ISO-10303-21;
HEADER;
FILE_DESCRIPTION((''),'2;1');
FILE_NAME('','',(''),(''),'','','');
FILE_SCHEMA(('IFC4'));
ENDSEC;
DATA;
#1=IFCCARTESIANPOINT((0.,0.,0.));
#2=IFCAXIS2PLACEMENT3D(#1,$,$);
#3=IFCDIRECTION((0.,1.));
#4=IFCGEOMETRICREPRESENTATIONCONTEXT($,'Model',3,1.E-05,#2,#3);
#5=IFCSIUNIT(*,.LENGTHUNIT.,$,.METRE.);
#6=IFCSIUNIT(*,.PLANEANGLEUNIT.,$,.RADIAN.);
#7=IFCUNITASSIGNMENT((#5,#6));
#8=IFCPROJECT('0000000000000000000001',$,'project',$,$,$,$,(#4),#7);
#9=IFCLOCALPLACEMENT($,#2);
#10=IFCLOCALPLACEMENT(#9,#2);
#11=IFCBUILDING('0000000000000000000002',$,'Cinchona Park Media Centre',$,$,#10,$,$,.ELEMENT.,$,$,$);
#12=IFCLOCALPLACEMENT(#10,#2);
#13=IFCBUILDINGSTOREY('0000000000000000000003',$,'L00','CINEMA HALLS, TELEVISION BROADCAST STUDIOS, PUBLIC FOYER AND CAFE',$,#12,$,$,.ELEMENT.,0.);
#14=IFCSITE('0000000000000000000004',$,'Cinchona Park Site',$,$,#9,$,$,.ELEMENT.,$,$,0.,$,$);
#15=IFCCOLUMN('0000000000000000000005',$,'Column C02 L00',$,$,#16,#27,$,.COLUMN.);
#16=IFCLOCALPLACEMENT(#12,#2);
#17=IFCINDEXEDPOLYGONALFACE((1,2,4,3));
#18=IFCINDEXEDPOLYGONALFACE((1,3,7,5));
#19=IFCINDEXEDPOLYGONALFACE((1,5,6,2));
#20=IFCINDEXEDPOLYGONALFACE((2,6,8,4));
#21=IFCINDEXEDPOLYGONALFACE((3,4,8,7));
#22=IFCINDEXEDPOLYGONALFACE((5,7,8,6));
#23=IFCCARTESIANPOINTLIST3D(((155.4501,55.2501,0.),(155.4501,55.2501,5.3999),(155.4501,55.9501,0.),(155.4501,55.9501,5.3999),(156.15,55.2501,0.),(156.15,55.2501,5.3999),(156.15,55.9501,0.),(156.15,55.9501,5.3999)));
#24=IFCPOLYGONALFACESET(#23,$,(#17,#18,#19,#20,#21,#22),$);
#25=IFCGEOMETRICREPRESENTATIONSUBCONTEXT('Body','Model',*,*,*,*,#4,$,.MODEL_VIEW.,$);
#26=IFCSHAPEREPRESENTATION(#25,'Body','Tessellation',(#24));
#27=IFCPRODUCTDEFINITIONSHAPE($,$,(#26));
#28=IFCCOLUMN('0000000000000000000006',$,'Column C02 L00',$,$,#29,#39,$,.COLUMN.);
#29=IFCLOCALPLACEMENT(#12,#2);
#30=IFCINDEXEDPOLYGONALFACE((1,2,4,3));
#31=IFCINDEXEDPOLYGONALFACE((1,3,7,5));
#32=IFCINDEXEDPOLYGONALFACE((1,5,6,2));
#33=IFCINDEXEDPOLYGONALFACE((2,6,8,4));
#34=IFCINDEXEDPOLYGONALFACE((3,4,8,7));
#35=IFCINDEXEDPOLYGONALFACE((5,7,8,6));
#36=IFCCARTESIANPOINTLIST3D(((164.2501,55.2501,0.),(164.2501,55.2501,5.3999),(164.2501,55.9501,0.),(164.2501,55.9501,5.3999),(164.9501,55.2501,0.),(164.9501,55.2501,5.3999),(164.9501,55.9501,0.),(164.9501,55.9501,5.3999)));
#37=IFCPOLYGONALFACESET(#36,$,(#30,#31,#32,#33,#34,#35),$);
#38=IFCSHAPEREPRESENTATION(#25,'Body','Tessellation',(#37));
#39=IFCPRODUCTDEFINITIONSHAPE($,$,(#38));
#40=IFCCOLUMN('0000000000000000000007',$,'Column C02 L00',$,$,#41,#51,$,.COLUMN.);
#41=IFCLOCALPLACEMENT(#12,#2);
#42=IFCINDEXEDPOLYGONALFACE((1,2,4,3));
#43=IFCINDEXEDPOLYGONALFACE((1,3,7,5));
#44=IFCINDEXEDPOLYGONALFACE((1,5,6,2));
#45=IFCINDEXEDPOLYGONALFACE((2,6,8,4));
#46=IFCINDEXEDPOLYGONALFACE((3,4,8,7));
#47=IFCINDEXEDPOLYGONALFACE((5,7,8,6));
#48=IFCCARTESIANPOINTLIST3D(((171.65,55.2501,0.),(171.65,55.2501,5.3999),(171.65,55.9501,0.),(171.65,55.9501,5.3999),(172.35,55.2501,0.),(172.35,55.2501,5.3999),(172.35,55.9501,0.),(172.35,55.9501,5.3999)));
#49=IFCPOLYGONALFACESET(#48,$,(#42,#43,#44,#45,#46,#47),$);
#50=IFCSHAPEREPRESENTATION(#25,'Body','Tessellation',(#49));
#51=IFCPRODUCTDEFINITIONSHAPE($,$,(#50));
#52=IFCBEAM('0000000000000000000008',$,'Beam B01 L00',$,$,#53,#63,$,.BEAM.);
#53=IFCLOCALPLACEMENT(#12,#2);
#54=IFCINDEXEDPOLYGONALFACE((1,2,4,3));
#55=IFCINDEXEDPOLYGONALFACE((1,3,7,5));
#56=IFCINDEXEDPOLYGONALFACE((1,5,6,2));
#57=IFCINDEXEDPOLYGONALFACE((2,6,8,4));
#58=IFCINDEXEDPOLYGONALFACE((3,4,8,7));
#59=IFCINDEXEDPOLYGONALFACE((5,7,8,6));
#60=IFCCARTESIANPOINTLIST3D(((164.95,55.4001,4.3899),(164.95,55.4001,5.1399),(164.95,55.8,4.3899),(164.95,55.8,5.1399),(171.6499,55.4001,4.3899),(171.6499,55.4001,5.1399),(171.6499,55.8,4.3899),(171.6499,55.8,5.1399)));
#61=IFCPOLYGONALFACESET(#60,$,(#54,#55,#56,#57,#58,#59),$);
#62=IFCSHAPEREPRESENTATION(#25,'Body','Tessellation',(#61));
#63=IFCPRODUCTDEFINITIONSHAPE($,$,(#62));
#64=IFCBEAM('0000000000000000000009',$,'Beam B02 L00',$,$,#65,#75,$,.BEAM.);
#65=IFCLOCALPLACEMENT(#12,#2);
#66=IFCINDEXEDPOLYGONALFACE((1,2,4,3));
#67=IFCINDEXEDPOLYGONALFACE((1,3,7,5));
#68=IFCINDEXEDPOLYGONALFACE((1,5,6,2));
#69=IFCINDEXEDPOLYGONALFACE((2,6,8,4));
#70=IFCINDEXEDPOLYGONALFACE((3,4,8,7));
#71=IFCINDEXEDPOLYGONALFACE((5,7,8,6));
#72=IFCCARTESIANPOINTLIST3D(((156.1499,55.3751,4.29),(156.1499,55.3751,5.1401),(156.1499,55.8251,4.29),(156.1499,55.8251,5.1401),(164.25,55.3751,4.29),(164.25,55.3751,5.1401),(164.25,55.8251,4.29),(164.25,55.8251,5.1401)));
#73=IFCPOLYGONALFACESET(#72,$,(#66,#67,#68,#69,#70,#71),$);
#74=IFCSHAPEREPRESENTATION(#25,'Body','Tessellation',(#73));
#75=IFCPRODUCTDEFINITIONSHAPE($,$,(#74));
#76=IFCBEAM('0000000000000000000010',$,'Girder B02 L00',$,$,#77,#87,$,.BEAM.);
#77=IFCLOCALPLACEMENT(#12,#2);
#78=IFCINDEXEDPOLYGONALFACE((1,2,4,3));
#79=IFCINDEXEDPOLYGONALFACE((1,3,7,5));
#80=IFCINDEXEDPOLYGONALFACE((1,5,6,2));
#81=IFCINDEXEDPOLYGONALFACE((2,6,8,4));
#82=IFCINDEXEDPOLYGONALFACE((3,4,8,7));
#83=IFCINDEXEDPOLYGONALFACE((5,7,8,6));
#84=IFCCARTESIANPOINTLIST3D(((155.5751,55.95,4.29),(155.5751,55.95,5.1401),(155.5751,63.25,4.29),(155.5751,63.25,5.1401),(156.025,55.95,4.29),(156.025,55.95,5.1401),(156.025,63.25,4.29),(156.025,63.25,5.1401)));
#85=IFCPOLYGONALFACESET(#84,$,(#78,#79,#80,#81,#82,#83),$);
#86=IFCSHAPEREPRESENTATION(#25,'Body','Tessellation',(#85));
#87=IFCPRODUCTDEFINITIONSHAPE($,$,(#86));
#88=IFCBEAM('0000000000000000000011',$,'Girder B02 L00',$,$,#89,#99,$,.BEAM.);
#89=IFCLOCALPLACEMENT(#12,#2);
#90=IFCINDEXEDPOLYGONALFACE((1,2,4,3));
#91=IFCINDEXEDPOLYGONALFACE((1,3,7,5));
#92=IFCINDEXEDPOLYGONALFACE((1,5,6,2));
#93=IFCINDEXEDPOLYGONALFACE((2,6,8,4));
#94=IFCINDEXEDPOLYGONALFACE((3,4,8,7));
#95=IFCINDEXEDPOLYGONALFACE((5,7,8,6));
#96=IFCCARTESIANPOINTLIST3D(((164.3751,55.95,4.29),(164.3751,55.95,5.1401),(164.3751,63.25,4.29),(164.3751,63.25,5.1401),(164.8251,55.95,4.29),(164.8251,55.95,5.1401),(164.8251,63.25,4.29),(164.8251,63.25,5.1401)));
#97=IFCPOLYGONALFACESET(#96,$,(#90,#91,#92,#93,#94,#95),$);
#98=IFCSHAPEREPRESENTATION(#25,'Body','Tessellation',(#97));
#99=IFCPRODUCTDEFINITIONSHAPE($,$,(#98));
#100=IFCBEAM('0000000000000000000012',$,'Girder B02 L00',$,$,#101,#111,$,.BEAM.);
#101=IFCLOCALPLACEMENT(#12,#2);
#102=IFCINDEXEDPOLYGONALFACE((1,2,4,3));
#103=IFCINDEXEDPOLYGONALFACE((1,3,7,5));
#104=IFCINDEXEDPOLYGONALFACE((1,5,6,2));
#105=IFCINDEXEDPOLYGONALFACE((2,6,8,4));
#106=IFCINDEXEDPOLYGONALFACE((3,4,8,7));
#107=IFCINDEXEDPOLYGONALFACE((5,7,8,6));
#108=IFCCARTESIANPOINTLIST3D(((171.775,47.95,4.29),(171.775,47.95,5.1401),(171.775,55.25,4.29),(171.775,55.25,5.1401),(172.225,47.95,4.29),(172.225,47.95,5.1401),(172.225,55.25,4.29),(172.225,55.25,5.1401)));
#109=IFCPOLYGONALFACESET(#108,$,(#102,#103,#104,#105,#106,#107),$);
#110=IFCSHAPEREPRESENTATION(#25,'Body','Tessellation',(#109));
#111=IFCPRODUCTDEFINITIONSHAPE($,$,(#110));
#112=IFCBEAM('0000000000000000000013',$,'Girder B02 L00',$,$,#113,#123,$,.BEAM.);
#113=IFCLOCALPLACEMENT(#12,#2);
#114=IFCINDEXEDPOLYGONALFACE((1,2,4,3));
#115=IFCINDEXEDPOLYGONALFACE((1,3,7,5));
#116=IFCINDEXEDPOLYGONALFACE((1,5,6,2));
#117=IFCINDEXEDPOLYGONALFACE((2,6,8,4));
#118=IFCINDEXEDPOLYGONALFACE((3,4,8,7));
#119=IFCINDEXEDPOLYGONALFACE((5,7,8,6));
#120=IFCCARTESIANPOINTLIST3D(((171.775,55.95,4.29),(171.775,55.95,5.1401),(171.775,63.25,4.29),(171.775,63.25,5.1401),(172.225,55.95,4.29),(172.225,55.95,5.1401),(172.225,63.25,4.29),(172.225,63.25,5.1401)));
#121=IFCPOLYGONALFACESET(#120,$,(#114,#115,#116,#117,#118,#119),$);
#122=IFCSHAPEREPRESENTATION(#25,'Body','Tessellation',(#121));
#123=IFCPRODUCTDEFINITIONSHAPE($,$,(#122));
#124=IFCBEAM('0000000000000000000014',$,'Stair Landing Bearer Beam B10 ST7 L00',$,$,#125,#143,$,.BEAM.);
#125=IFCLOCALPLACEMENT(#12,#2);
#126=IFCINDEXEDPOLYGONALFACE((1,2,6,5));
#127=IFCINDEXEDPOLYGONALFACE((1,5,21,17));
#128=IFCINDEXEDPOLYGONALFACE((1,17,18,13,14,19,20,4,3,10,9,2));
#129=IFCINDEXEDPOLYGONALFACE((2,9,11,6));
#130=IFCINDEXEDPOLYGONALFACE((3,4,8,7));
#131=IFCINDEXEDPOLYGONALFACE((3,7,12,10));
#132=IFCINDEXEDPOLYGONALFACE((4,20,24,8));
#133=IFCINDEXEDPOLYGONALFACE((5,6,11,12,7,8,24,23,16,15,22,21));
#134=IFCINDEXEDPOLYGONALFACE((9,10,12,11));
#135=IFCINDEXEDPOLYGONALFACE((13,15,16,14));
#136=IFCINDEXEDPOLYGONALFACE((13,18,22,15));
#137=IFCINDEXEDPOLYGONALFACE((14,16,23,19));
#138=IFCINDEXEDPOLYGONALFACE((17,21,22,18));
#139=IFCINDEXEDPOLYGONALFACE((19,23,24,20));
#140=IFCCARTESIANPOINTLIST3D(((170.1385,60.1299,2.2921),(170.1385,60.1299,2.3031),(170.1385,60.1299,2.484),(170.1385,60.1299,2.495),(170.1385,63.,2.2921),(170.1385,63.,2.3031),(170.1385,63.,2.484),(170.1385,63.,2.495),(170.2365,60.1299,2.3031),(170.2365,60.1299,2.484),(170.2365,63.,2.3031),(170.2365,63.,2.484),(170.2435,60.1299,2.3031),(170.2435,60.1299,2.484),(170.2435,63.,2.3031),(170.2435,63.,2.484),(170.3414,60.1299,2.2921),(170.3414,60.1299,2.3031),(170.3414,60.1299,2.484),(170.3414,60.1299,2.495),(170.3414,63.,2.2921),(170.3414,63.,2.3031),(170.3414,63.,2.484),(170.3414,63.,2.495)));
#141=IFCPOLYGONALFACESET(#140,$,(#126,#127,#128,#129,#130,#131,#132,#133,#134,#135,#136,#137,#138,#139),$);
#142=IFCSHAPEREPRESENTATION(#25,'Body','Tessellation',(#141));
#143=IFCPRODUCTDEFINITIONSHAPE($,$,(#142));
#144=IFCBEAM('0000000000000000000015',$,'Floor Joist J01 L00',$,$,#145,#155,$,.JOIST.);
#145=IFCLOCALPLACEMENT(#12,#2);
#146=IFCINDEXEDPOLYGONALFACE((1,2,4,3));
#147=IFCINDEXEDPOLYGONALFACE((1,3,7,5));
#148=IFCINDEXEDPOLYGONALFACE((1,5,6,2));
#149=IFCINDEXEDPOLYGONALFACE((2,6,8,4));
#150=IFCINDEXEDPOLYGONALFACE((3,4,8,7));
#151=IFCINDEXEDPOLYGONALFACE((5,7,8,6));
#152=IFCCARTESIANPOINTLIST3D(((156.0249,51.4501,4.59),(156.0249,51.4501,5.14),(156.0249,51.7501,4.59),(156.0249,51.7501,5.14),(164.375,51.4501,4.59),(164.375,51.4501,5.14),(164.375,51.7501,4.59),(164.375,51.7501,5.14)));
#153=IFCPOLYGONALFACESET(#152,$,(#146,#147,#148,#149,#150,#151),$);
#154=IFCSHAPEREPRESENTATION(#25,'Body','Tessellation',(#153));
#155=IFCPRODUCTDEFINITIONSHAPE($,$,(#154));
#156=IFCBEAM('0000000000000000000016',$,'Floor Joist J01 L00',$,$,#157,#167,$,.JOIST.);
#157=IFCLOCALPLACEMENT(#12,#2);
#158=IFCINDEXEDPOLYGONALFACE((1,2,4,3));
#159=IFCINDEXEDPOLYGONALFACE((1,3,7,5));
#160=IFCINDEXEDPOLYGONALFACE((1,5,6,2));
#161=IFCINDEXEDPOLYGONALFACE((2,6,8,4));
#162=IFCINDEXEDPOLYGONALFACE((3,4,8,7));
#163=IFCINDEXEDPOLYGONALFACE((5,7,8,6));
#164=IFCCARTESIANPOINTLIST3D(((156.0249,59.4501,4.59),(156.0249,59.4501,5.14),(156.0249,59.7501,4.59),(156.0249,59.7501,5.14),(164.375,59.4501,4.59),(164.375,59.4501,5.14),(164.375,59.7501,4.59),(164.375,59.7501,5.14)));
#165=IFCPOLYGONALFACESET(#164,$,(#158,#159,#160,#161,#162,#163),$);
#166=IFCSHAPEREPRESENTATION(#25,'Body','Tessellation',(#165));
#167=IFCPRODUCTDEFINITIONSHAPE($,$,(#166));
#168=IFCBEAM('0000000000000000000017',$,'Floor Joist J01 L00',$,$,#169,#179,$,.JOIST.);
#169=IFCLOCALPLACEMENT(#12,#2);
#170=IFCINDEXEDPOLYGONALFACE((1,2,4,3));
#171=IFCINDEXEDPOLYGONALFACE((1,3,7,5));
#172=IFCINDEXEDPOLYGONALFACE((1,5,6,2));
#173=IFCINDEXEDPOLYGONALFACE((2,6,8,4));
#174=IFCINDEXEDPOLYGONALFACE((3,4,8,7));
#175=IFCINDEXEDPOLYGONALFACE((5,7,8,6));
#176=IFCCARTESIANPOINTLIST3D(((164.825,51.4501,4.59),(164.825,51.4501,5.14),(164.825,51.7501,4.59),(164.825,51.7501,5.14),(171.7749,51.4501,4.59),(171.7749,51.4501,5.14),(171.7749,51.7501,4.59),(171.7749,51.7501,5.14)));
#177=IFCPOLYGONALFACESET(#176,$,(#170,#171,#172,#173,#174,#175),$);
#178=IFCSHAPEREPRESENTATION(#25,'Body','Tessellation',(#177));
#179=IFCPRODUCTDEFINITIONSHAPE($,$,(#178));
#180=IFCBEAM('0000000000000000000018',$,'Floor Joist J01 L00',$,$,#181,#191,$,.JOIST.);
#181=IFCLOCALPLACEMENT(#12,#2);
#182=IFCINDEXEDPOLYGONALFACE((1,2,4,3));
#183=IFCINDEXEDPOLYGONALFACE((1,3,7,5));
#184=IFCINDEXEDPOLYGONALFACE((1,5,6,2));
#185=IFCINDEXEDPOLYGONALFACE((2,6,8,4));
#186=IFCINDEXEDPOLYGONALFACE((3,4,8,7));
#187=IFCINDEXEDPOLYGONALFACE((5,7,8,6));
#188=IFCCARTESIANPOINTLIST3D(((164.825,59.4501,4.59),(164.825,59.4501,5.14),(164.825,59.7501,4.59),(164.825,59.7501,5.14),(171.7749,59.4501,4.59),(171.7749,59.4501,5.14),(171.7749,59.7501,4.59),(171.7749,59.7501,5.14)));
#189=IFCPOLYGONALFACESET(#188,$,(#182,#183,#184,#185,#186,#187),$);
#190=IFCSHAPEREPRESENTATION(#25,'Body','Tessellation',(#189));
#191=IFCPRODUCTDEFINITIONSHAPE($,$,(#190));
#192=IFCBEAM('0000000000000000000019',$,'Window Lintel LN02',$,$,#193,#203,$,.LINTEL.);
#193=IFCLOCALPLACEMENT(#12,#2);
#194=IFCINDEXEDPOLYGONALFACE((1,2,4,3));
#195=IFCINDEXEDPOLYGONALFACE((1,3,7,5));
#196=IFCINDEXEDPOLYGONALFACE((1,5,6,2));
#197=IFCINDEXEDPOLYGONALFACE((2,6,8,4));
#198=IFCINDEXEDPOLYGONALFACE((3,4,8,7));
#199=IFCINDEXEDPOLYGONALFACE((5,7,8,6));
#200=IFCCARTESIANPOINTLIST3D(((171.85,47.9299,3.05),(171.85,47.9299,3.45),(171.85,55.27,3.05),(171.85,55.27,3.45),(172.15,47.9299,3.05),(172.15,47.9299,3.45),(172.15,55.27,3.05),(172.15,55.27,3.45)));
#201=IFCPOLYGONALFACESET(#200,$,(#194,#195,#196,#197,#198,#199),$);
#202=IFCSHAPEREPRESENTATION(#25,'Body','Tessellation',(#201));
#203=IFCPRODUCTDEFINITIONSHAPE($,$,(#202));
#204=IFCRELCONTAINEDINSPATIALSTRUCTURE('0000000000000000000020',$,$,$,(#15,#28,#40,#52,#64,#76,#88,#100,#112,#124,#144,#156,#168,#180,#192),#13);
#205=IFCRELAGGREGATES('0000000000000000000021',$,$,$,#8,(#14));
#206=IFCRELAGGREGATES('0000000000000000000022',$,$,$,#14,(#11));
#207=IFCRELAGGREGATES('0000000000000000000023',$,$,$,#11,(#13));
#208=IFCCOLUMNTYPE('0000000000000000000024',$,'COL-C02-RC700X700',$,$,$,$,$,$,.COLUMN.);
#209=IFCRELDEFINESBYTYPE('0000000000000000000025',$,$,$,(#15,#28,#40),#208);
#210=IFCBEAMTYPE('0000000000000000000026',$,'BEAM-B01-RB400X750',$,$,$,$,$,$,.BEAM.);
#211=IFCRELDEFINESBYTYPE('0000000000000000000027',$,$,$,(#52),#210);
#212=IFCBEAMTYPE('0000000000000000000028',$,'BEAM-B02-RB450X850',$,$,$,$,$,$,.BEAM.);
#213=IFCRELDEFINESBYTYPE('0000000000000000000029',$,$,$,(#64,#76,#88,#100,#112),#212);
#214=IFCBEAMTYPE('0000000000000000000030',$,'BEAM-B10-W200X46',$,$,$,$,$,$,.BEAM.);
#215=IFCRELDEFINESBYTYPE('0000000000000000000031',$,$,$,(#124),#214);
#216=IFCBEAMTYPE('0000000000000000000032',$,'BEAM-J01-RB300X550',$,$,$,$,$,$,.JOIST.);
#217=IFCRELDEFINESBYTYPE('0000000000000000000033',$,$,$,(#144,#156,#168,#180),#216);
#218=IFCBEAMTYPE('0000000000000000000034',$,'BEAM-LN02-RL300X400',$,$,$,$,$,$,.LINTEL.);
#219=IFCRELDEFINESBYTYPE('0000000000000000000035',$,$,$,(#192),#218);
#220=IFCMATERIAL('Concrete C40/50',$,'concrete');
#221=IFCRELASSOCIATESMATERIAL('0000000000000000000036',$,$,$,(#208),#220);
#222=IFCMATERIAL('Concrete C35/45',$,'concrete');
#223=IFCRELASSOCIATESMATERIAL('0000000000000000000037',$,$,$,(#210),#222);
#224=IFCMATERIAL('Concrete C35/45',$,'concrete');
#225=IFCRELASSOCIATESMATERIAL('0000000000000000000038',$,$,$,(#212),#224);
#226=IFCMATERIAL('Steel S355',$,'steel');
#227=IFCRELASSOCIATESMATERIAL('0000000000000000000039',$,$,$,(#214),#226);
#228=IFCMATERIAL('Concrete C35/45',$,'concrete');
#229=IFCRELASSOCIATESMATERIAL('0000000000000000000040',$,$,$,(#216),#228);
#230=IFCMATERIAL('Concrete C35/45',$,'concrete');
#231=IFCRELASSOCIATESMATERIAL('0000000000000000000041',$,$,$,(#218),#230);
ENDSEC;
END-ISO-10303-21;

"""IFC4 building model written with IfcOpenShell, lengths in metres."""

from ifc_helpers import new_model, si_unit, direction, frame, origin, origin_2d, place, context, subcontext, project, spatial, rectangle, i_section, extrude, material, material_profile, profile_set, type_object, element, save


model = new_model("IFC4")

# Units and contexts
model_context = context("Model", 3, precision=1e-05, world=origin(), true_north=direction((0.0, 1.0)))
body_context = subcontext(model_context, "Body", "Model", "MODEL_VIEW")
ifc_project = project(units=[si_unit("LENGTHUNIT", "METRE"), si_unit("PLANEANGLEUNIT", "RADIAN")], contexts=[model_context])

# Site, building, storey
site_placement = place(None, origin())
site = spatial("IfcSite", under=ifc_project, at=site_placement, Name="Cinchona Park Site", CompositionType="ELEMENT", RefElevation=0.0)
building_placement = place(site_placement, origin())
building = spatial("IfcBuilding", under=site, at=building_placement, Name="Cinchona Park Media Centre", CompositionType="ELEMENT")
storey_placement = place(building_placement, origin())
storey = spatial("IfcBuildingStorey", under=building, at=storey_placement, Name="L00", Description="CINEMA HALLS, TELEVISION BROADCAST STUDIOS, PUBLIC FOYER AND CAFE", CompositionType="ELEMENT", Elevation=0.0)

# Columns
ifc_material_1 = material(Name="Concrete C40/50", Category="concrete")
ifc_material_profile_1 = material_profile(ifc_material_1, rectangle(XDim=0.7, YDim=0.7, at=origin_2d()), Name="RC 700X700")
ifc_profile_set_1 = profile_set([ifc_material_profile_1], Name="Concrete C40/50")
column_type = type_object("IfcColumnType", Name="COL-C02-RC700X700", PredefinedType="COLUMN", material=ifc_profile_set_1)
for number, where, z_axis, x_axis, name in (
    (1, (155.8, 55.6001, 0.0), (0.0, 0.0, 1.0), (1.0, 0.0, 0.0), "Column C02 L00"),
    (2, (164.6001, 55.6001, 0.0), (0.0, 0.0, 1.0), (1.0, 0.0, 0.0), "Column C02 L00"),
    (3, (172.0, 55.6001, 0.0), (0.0, 0.0, 1.0), (1.0, 0.0, 0.0), "Column C02 L00"),
):
    element("IfcColumn", number, at=place(storey_placement, frame(where, z_axis=z_axis, x_axis=x_axis)), inside=storey, type_object=column_type, Name=name, PredefinedType="COLUMN", context=body_context, shape_type="SweptSolid", body=[
        extrude(rectangle(XDim=0.7, YDim=0.7, at=origin_2d()), origin(), (0.0, 0.0, 1.0), 5.3999),
    ])

# Beams
ifc_material_2 = material(Name="Concrete C35/45", Category="concrete")
ifc_material_profile_2 = material_profile(ifc_material_2, rectangle(XDim=0.3999, YDim=0.75, at=origin_2d()), Name="RB 400X750")
ifc_profile_set_2 = profile_set([ifc_material_profile_2], Name="Concrete C35/45")
beam_type_1 = type_object("IfcBeamType", Name="BEAM-B01-RB400X750", PredefinedType="BEAM", material=ifc_profile_set_2)
beam_1_placement = place(storey_placement, frame((164.95, 55.6001, 4.7649), z_axis=(1.0, 0.0, 0.0), x_axis=(0.0, 1.0, 0.0)))
element("IfcBeam", 4, at=beam_1_placement, inside=storey, type_object=beam_type_1, Name="Beam B01 L00", PredefinedType="BEAM", context=body_context, shape_type="SweptSolid", body=[
    extrude(rectangle(XDim=0.3999, YDim=0.75, at=origin_2d()), origin(), (0.0, 0.0, 1.0), 6.7),
])
ifc_material_3 = material(Name="Concrete C35/45", Category="concrete")
ifc_material_profile_3 = material_profile(ifc_material_3, rectangle(XDim=0.45, YDim=0.8501, at=origin_2d()), Name="RB 450X850")
ifc_profile_set_3 = profile_set([ifc_material_profile_3], Name="Concrete C35/45")
beam_type_2 = type_object("IfcBeamType", Name="BEAM-B02-RB450X850", PredefinedType="BEAM", material=ifc_profile_set_3)
beam_2_placement = place(storey_placement, frame((156.1499, 55.6001, 4.7151), z_axis=(1.0, 0.0, 0.0), x_axis=(0.0, 1.0, 0.0)))
element("IfcBeam", 5, at=beam_2_placement, inside=storey, type_object=beam_type_2, Name="Beam B02 L00", PredefinedType="BEAM", context=body_context, shape_type="SweptSolid", body=[
    extrude(rectangle(XDim=0.45, YDim=0.8501, at=origin_2d()), origin(), (0.0, 0.0, 1.0), 8.1001),
])
for number, where, z_axis, x_axis, name in (
    (6, (155.8, 55.95, 4.7151), (0.0, 1.0, 0.0), (-1.0, 0.0, 0.0), "Girder B02 L00"),
    (7, (164.6001, 55.95, 4.7151), (0.0, 1.0, 0.0), (-1.0, 0.0, 0.0), "Girder B02 L00"),
    (8, (172.0, 47.95, 4.7151), (0.0, 1.0, 0.0), (-1.0, 0.0, 0.0), "Girder B02 L00"),
    (9, (172.0, 55.95, 4.7151), (0.0, 1.0, 0.0), (-1.0, 0.0, 0.0), "Girder B02 L00"),
):
    element("IfcBeam", number, at=place(storey_placement, frame(where, z_axis=z_axis, x_axis=x_axis)), inside=storey, type_object=beam_type_2, Name=name, PredefinedType="BEAM", context=body_context, shape_type="SweptSolid", body=[
        extrude(rectangle(XDim=0.45, YDim=0.8501, at=origin_2d()), origin(), (0.0, 0.0, 1.0), 7.3),
    ])
ifc_material_4 = material(Name="Steel S355", Category="steel")
ifc_material_profile_4 = material_profile(ifc_material_4, i_section(OverallWidth=0.2029, OverallDepth=0.2029, WebThickness=0.0071, FlangeThickness=0.011, at=origin_2d()), Name="W200X46")
ifc_profile_set_4 = profile_set([ifc_material_profile_4], Name="Steel S355")
beam_type_3 = type_object("IfcBeamType", Name="BEAM-B10-W200X46", PredefinedType="BEAM", material=ifc_profile_set_4)
beam_3_placement = place(storey_placement, frame((170.24, 60.1299, 2.3936), z_axis=(0.0, 1.0, 0.0), x_axis=(-1.0, 0.0, 0.0)))
element("IfcBeam", 10, at=beam_3_placement, inside=storey, type_object=beam_type_3, Name="Stair Landing Bearer Beam B10 ST7 L00", PredefinedType="BEAM", context=body_context, shape_type="SweptSolid", body=[
    extrude(i_section(OverallWidth=0.2029, OverallDepth=0.2029, WebThickness=0.0071, FlangeThickness=0.011, at=origin_2d()), origin(), (0.0, 0.0, 1.0), 2.8701),
])
ifc_material_5 = material(Name="Concrete C35/45", Category="concrete")
ifc_material_profile_5 = material_profile(ifc_material_5, rectangle(XDim=0.3, YDim=0.55, at=origin_2d()), Name="RB 300X550")
ifc_profile_set_5 = profile_set([ifc_material_profile_5], Name="Concrete C35/45")
beam_type_4 = type_object("IfcBeamType", Name="BEAM-J01-RB300X550", PredefinedType="JOIST", material=ifc_profile_set_5)
for number, where, z_axis, x_axis, name in (
    (11, (156.0249, 51.6001, 4.865), (1.0, 0.0, 0.0), (0.0, 1.0, 0.0), "Floor Joist J01 L00"),
    (12, (156.0249, 59.6001, 4.865), (1.0, 0.0, 0.0), (0.0, 1.0, 0.0), "Floor Joist J01 L00"),
):
    element("IfcBeam", number, at=place(storey_placement, frame(where, z_axis=z_axis, x_axis=x_axis)), inside=storey, type_object=beam_type_4, Name=name, PredefinedType="JOIST", context=body_context, shape_type="SweptSolid", body=[
        extrude(rectangle(XDim=0.3, YDim=0.55, at=origin_2d()), origin(), (0.0, 0.0, 1.0), 8.3501),
    ])
for number, where, z_axis, x_axis, name in (
    (13, (164.825, 51.6001, 4.865), (1.0, 0.0, 0.0), (0.0, 1.0, 0.0), "Floor Joist J01 L00"),
    (14, (164.825, 59.6001, 4.865), (1.0, 0.0, 0.0), (0.0, 1.0, 0.0), "Floor Joist J01 L00"),
):
    element("IfcBeam", number, at=place(storey_placement, frame(where, z_axis=z_axis, x_axis=x_axis)), inside=storey, type_object=beam_type_4, Name=name, PredefinedType="JOIST", context=body_context, shape_type="SweptSolid", body=[
        extrude(rectangle(XDim=0.3, YDim=0.55, at=origin_2d()), origin(), (0.0, 0.0, 1.0), 6.95),
    ])
ifc_material_6 = material(Name="Concrete C35/45", Category="concrete")
ifc_material_profile_6 = material_profile(ifc_material_6, rectangle(XDim=0.3, YDim=0.3999, at=origin_2d()), Name="RL 300X400")
ifc_profile_set_6 = profile_set([ifc_material_profile_6], Name="Concrete C35/45")
beam_type_5 = type_object("IfcBeamType", Name="BEAM-LN02-RL300X400", PredefinedType="LINTEL", material=ifc_profile_set_6)
beam_4_placement = place(storey_placement, frame((172.0, 55.27, 3.25), z_axis=(0.0, -1.0, 0.0), x_axis=(1.0, 0.0, 0.0)))
element("IfcBeam", 15, at=beam_4_placement, inside=storey, type_object=beam_type_5, Name="Window Lintel LN02", PredefinedType="LINTEL", context=body_context, shape_type="SweptSolid", body=[
    extrude(rectangle(XDim=0.3, YDim=0.3999, at=origin_2d()), origin(), (0.0, 0.0, 1.0), 7.3401),
])

save(model, "model.ifc")
